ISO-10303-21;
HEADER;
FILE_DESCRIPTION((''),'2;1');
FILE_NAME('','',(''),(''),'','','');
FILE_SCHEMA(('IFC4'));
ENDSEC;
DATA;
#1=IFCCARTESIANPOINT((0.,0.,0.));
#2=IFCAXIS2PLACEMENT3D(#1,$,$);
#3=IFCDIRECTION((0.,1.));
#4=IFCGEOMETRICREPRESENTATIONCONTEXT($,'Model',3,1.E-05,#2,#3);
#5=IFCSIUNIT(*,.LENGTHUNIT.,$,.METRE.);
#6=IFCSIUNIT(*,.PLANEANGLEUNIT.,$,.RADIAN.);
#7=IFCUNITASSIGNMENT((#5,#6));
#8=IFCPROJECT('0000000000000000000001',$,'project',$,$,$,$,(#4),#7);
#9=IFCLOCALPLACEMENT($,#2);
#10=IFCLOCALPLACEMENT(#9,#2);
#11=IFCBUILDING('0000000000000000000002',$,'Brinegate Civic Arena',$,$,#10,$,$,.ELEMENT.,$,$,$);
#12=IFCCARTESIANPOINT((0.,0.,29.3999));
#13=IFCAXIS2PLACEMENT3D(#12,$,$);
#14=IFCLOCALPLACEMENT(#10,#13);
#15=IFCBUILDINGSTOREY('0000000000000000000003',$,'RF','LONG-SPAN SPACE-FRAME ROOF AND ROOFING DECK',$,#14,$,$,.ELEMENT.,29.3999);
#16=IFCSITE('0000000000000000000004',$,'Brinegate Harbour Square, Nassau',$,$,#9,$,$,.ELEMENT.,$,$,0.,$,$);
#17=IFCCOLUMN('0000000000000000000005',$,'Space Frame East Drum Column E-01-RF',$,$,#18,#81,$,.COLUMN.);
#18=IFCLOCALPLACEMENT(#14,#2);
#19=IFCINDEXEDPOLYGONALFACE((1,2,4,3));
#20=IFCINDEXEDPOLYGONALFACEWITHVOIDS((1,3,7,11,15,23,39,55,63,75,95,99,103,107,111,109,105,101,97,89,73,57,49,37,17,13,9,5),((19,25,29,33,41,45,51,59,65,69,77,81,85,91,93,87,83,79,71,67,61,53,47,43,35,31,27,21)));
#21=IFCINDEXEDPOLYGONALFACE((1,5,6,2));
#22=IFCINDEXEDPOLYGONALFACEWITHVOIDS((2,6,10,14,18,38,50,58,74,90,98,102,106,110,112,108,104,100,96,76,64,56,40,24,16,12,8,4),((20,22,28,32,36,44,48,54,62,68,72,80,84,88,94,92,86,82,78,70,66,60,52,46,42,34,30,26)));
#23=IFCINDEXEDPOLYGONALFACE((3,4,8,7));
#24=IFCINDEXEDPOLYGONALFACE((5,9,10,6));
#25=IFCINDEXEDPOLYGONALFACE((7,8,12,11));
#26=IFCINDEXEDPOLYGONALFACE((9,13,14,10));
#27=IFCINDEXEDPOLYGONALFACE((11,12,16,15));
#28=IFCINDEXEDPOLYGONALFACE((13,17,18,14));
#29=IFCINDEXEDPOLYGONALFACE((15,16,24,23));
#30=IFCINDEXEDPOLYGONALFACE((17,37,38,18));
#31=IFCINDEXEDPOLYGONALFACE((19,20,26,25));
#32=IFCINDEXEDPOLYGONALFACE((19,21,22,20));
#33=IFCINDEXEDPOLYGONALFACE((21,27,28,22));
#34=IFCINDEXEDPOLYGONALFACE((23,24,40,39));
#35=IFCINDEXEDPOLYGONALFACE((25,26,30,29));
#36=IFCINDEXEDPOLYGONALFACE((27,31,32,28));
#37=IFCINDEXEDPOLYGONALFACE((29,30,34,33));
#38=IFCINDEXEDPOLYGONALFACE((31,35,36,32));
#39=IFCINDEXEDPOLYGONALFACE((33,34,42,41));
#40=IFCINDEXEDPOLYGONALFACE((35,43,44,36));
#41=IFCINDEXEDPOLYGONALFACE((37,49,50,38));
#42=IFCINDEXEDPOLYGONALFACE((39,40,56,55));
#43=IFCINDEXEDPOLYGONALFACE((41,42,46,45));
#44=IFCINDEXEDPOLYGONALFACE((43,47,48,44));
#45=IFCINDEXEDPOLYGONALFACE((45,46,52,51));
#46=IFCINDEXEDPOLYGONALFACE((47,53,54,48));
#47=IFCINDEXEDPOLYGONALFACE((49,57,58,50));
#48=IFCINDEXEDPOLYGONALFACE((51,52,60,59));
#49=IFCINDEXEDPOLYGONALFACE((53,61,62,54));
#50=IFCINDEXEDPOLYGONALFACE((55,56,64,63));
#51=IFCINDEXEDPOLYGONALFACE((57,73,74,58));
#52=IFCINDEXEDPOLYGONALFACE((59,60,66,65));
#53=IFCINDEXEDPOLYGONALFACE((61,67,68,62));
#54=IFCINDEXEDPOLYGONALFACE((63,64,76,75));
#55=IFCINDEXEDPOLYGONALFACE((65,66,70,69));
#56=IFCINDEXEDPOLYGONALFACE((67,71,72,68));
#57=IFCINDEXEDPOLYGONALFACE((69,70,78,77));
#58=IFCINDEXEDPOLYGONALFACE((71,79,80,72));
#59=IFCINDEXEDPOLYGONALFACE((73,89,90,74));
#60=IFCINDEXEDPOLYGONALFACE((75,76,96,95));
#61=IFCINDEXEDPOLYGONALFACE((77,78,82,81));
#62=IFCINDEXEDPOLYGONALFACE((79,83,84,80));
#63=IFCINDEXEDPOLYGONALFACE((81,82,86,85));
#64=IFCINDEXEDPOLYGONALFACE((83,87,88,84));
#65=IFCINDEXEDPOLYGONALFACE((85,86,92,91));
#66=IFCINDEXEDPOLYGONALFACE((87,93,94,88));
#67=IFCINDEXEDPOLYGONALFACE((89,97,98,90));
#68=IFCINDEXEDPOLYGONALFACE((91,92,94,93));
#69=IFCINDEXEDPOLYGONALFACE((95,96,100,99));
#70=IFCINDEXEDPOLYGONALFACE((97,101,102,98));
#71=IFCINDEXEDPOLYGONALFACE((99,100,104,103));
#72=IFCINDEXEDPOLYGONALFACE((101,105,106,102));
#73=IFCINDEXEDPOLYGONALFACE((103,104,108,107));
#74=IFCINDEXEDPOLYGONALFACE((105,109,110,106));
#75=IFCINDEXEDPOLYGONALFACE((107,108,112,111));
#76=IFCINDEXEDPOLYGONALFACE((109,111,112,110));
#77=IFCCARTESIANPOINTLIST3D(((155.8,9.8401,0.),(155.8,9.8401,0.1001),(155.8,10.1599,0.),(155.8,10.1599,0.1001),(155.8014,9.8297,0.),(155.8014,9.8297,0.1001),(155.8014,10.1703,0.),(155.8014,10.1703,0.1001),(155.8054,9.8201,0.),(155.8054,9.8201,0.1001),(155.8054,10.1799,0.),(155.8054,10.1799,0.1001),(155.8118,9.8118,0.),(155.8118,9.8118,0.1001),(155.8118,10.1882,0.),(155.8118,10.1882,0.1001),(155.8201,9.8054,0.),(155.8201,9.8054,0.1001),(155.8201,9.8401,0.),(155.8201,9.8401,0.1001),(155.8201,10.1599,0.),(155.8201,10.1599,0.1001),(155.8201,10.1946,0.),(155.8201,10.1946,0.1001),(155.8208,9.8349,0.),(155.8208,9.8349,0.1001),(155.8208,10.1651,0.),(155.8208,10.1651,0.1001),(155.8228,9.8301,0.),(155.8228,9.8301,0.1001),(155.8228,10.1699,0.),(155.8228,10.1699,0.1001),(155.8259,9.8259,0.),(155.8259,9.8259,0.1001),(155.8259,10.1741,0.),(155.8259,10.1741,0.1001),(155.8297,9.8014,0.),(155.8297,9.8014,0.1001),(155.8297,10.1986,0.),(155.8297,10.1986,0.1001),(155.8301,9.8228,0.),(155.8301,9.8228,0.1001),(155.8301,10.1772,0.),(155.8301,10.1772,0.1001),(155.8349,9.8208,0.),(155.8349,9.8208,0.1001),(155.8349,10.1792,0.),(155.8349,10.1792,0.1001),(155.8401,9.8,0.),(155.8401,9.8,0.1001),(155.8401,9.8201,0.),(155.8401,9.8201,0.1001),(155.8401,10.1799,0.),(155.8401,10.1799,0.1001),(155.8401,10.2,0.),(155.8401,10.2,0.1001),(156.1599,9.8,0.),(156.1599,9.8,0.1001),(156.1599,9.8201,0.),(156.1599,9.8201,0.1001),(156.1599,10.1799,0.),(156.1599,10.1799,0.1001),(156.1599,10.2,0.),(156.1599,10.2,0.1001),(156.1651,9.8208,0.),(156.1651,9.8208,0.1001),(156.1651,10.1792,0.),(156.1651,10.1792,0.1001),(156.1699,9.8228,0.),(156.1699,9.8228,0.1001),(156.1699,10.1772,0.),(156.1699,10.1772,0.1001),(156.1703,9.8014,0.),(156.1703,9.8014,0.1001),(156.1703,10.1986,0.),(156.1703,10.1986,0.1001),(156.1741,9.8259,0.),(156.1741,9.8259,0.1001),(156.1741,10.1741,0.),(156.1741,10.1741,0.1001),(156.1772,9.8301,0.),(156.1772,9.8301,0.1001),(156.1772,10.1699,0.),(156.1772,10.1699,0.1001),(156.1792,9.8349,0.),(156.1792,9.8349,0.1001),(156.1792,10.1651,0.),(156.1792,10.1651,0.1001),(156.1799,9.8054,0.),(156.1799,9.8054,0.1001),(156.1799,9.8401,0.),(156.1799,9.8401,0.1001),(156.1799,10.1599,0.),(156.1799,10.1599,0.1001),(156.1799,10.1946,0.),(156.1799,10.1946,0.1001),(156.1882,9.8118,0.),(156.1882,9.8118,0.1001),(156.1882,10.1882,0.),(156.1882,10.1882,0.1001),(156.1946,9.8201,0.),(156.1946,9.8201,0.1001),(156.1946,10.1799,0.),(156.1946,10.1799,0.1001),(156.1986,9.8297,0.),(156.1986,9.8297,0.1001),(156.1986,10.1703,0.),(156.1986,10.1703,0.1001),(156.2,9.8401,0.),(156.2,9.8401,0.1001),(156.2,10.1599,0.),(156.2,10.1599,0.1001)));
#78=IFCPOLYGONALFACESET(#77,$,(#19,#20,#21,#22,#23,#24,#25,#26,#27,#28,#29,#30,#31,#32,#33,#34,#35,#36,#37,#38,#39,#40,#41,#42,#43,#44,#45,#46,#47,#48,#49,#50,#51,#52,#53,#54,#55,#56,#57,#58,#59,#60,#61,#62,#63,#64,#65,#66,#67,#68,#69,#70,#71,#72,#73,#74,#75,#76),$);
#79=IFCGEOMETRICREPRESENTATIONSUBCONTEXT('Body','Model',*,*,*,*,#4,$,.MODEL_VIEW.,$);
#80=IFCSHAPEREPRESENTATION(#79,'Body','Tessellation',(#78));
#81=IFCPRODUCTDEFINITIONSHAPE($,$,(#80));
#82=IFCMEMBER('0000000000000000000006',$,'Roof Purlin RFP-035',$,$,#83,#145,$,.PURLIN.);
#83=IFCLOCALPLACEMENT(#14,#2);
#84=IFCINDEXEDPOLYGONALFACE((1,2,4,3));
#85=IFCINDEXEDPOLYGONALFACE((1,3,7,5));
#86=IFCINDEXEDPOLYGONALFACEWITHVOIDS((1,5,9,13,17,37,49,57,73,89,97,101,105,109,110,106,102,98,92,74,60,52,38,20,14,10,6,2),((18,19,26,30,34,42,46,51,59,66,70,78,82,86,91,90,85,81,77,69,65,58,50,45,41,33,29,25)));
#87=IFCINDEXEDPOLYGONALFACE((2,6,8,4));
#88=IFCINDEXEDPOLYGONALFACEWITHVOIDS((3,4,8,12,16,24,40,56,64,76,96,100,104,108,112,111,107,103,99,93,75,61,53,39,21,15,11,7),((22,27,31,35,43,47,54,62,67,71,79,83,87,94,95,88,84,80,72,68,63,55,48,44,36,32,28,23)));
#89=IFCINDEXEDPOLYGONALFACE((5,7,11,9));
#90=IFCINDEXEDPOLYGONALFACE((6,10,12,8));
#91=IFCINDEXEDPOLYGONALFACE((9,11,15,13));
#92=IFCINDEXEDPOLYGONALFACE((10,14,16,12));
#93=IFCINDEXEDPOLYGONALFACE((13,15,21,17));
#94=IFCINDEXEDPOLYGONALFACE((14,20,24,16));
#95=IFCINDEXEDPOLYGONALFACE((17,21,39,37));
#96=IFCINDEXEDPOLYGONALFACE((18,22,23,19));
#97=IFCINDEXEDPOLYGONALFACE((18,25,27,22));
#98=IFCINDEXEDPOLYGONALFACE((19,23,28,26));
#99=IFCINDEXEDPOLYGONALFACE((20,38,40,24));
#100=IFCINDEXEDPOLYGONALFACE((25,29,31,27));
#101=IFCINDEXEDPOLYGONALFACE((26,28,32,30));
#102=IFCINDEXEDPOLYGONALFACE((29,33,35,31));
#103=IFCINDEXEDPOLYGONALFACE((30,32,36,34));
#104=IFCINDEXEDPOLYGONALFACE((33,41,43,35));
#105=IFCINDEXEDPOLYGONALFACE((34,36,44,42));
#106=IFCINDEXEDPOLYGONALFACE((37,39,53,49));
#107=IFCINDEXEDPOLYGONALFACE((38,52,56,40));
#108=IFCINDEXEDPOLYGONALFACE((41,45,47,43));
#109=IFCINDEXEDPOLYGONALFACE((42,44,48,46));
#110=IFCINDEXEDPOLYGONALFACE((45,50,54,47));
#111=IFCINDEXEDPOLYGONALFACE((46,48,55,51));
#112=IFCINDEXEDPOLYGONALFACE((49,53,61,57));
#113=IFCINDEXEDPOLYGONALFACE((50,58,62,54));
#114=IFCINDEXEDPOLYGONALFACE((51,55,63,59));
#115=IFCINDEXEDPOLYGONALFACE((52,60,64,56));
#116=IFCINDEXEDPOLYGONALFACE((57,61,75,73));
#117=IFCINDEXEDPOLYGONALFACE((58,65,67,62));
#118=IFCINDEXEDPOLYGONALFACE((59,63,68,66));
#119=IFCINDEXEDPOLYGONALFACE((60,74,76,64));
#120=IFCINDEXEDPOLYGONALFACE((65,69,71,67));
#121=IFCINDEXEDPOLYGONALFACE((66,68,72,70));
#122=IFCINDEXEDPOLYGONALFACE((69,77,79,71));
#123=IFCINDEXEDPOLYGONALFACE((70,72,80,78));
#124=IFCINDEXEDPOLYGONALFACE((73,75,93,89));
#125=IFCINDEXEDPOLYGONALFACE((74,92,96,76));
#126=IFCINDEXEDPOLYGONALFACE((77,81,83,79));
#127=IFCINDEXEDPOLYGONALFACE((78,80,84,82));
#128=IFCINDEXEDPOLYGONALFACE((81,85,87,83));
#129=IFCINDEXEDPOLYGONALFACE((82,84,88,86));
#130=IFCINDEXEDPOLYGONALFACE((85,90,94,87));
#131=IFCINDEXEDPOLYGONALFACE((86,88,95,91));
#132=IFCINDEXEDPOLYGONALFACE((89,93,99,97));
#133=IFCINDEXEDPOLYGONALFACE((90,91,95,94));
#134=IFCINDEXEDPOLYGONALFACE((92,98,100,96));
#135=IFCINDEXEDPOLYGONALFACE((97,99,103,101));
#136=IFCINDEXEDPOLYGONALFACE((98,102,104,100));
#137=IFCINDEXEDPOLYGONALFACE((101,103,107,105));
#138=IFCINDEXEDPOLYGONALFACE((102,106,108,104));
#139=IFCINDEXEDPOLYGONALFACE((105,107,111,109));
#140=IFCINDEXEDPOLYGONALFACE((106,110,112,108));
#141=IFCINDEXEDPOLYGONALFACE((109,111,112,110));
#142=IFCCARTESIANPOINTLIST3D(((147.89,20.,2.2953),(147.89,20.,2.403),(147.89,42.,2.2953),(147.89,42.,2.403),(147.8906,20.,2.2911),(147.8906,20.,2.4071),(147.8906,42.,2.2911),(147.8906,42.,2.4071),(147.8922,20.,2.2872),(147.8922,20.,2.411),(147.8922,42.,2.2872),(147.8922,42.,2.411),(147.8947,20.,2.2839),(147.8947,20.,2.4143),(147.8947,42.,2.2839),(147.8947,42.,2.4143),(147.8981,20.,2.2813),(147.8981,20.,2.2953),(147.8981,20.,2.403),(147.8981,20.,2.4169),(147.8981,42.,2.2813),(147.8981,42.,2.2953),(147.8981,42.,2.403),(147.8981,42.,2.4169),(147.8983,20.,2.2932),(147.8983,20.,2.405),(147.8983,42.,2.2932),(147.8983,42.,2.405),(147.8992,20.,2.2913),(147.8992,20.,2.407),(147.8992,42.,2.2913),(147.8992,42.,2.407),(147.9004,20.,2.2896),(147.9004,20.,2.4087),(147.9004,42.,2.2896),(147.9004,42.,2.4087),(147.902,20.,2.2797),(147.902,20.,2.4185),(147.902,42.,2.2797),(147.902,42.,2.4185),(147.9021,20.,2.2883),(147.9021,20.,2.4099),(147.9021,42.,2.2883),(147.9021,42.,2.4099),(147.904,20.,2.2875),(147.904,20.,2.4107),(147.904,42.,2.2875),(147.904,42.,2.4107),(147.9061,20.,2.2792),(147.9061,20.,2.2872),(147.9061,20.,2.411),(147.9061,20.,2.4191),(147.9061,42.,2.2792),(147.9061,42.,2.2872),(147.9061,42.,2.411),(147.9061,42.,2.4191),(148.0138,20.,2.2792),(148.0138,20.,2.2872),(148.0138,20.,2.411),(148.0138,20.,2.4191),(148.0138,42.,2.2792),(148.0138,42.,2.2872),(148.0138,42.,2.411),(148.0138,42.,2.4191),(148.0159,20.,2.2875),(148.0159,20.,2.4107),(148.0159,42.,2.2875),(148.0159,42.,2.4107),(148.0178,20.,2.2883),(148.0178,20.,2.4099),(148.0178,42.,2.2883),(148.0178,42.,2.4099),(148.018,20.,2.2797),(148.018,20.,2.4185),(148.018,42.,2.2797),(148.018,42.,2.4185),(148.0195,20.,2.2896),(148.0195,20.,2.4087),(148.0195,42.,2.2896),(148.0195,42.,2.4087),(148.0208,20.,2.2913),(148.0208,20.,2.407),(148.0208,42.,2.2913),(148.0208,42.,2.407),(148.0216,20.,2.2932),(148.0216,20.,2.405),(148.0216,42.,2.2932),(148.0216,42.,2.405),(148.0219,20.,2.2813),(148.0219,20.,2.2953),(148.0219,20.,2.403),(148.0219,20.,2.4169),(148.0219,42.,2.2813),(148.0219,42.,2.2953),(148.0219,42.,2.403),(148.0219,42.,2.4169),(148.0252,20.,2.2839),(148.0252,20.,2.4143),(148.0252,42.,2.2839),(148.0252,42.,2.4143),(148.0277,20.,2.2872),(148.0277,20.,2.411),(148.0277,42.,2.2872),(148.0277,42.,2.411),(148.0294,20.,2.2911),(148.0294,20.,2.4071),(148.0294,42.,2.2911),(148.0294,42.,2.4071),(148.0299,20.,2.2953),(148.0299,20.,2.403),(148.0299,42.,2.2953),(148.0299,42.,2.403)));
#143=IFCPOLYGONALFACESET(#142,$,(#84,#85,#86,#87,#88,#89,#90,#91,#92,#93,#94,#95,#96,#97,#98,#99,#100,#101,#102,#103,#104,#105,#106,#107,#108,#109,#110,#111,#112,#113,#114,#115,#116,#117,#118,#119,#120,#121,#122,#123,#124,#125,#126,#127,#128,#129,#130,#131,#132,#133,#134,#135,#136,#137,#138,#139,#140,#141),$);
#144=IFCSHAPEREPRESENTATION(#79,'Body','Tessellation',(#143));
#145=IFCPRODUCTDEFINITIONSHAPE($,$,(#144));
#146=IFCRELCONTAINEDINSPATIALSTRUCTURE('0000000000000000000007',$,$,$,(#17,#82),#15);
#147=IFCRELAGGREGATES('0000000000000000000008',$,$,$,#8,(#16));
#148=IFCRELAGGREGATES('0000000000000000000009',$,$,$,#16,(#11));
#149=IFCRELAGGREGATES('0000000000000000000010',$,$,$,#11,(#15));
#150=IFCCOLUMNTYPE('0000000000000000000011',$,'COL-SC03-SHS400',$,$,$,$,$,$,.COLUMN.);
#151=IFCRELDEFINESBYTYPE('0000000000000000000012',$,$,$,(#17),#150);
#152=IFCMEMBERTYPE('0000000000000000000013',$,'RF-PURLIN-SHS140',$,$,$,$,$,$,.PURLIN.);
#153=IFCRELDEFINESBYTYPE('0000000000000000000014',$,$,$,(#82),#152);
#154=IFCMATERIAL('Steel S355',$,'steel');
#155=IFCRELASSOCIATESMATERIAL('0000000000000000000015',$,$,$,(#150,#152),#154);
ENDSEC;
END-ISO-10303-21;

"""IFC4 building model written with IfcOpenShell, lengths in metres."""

from ifc_helpers import new_model, si_unit, direction, frame, origin, origin_2d, place, context, subcontext, project, spatial, hollow_rectangle, extrude, material, material_profile, profile_set, type_object, element, save


model = new_model("IFC4")

# Units and contexts
model_context = context("Model", 3, precision=1e-05, world=origin(), true_north=direction((0.0, 1.0)))
body_context = subcontext(model_context, "Body", "Model", "MODEL_VIEW")
ifc_project = project(units=[si_unit("LENGTHUNIT", "METRE"), si_unit("PLANEANGLEUNIT", "RADIAN")], contexts=[model_context])

# Site, building, storey
site_placement = place(None, origin())
site = spatial("IfcSite", under=ifc_project, at=site_placement, Name="Brinegate Harbour Square, Nassau", CompositionType="ELEMENT", RefElevation=0.0)
building_placement = place(site_placement, origin())
building = spatial("IfcBuilding", under=site, at=building_placement, Name="Brinegate Civic Arena", CompositionType="ELEMENT")
storey_placement = place(building_placement, frame((0.0, 0.0, 29.3999)))
storey = spatial("IfcBuildingStorey", under=building, at=storey_placement, Name="RF", Description="LONG-SPAN SPACE-FRAME ROOF AND ROOFING DECK", CompositionType="ELEMENT", Elevation=29.3999)

# Column
ifc_material_1 = material(Name="Steel S355", Category="steel")
ifc_material_profile_1 = material_profile(ifc_material_1, hollow_rectangle(XDim=0.3999, YDim=0.3999, WallThickness=0.02, InnerFilletRadius=0.02, OuterFilletRadius=0.04, at=origin_2d()), Name="SHS400X20")
ifc_profile_set_1 = profile_set([ifc_material_profile_1], Name="Steel S355")
column_type = type_object("IfcColumnType", Name="COL-SC03-SHS400", PredefinedType="COLUMN", material=ifc_profile_set_1)
column_placement = place(storey_placement, frame((156.0, 10.0, 0.0), z_axis=(0.0, 0.0, 1.0), x_axis=(1.0, 0.0, 0.0)))
element("IfcColumn", 1, at=column_placement, inside=storey, type_object=column_type, Name="Space Frame East Drum Column E-01-RF", PredefinedType="COLUMN", context=body_context, shape_type="SweptSolid", body=[
    extrude(hollow_rectangle(XDim=0.3999, YDim=0.3999, WallThickness=0.02, InnerFilletRadius=0.02, OuterFilletRadius=0.04, at=origin_2d()), origin(), (0.0, 0.0, 1.0), 0.1001),
])

# Member
ifc_material_profile_2 = material_profile(ifc_material_1, hollow_rectangle(XDim=0.1399, YDim=0.1399, WallThickness=0.0081, InnerFilletRadius=0.0081, OuterFilletRadius=0.0161, at=origin_2d()), Name="SHS140X8")
ifc_profile_set_2 = profile_set([ifc_material_profile_2], Name="Steel S355")
member_type_1 = type_object("IfcMemberType", Name="RF-PURLIN-SHS140", PredefinedType="PURLIN", material=ifc_profile_set_2)
for number, where, z_axis, x_axis, name in (
    (2, (147.96, 20.0, 2.3491), (0.0, 1.0, 0.0), (-1.0, 0.0, 0.0), "Roof Purlin RFP-035"),
):
    element("IfcMember", number, at=place(storey_placement, frame(where, z_axis=z_axis, x_axis=x_axis)), inside=storey, type_object=member_type_1, Name=name, PredefinedType="PURLIN", context=body_context, shape_type="SweptSolid", body=[
        extrude(hollow_rectangle(XDim=0.1399, YDim=0.1399, WallThickness=0.0081, InnerFilletRadius=0.0081, OuterFilletRadius=0.0161, at=origin_2d()), origin(), (0.0, 0.0, 1.0), 22.0),
    ])

save(model, "model.ifc")
